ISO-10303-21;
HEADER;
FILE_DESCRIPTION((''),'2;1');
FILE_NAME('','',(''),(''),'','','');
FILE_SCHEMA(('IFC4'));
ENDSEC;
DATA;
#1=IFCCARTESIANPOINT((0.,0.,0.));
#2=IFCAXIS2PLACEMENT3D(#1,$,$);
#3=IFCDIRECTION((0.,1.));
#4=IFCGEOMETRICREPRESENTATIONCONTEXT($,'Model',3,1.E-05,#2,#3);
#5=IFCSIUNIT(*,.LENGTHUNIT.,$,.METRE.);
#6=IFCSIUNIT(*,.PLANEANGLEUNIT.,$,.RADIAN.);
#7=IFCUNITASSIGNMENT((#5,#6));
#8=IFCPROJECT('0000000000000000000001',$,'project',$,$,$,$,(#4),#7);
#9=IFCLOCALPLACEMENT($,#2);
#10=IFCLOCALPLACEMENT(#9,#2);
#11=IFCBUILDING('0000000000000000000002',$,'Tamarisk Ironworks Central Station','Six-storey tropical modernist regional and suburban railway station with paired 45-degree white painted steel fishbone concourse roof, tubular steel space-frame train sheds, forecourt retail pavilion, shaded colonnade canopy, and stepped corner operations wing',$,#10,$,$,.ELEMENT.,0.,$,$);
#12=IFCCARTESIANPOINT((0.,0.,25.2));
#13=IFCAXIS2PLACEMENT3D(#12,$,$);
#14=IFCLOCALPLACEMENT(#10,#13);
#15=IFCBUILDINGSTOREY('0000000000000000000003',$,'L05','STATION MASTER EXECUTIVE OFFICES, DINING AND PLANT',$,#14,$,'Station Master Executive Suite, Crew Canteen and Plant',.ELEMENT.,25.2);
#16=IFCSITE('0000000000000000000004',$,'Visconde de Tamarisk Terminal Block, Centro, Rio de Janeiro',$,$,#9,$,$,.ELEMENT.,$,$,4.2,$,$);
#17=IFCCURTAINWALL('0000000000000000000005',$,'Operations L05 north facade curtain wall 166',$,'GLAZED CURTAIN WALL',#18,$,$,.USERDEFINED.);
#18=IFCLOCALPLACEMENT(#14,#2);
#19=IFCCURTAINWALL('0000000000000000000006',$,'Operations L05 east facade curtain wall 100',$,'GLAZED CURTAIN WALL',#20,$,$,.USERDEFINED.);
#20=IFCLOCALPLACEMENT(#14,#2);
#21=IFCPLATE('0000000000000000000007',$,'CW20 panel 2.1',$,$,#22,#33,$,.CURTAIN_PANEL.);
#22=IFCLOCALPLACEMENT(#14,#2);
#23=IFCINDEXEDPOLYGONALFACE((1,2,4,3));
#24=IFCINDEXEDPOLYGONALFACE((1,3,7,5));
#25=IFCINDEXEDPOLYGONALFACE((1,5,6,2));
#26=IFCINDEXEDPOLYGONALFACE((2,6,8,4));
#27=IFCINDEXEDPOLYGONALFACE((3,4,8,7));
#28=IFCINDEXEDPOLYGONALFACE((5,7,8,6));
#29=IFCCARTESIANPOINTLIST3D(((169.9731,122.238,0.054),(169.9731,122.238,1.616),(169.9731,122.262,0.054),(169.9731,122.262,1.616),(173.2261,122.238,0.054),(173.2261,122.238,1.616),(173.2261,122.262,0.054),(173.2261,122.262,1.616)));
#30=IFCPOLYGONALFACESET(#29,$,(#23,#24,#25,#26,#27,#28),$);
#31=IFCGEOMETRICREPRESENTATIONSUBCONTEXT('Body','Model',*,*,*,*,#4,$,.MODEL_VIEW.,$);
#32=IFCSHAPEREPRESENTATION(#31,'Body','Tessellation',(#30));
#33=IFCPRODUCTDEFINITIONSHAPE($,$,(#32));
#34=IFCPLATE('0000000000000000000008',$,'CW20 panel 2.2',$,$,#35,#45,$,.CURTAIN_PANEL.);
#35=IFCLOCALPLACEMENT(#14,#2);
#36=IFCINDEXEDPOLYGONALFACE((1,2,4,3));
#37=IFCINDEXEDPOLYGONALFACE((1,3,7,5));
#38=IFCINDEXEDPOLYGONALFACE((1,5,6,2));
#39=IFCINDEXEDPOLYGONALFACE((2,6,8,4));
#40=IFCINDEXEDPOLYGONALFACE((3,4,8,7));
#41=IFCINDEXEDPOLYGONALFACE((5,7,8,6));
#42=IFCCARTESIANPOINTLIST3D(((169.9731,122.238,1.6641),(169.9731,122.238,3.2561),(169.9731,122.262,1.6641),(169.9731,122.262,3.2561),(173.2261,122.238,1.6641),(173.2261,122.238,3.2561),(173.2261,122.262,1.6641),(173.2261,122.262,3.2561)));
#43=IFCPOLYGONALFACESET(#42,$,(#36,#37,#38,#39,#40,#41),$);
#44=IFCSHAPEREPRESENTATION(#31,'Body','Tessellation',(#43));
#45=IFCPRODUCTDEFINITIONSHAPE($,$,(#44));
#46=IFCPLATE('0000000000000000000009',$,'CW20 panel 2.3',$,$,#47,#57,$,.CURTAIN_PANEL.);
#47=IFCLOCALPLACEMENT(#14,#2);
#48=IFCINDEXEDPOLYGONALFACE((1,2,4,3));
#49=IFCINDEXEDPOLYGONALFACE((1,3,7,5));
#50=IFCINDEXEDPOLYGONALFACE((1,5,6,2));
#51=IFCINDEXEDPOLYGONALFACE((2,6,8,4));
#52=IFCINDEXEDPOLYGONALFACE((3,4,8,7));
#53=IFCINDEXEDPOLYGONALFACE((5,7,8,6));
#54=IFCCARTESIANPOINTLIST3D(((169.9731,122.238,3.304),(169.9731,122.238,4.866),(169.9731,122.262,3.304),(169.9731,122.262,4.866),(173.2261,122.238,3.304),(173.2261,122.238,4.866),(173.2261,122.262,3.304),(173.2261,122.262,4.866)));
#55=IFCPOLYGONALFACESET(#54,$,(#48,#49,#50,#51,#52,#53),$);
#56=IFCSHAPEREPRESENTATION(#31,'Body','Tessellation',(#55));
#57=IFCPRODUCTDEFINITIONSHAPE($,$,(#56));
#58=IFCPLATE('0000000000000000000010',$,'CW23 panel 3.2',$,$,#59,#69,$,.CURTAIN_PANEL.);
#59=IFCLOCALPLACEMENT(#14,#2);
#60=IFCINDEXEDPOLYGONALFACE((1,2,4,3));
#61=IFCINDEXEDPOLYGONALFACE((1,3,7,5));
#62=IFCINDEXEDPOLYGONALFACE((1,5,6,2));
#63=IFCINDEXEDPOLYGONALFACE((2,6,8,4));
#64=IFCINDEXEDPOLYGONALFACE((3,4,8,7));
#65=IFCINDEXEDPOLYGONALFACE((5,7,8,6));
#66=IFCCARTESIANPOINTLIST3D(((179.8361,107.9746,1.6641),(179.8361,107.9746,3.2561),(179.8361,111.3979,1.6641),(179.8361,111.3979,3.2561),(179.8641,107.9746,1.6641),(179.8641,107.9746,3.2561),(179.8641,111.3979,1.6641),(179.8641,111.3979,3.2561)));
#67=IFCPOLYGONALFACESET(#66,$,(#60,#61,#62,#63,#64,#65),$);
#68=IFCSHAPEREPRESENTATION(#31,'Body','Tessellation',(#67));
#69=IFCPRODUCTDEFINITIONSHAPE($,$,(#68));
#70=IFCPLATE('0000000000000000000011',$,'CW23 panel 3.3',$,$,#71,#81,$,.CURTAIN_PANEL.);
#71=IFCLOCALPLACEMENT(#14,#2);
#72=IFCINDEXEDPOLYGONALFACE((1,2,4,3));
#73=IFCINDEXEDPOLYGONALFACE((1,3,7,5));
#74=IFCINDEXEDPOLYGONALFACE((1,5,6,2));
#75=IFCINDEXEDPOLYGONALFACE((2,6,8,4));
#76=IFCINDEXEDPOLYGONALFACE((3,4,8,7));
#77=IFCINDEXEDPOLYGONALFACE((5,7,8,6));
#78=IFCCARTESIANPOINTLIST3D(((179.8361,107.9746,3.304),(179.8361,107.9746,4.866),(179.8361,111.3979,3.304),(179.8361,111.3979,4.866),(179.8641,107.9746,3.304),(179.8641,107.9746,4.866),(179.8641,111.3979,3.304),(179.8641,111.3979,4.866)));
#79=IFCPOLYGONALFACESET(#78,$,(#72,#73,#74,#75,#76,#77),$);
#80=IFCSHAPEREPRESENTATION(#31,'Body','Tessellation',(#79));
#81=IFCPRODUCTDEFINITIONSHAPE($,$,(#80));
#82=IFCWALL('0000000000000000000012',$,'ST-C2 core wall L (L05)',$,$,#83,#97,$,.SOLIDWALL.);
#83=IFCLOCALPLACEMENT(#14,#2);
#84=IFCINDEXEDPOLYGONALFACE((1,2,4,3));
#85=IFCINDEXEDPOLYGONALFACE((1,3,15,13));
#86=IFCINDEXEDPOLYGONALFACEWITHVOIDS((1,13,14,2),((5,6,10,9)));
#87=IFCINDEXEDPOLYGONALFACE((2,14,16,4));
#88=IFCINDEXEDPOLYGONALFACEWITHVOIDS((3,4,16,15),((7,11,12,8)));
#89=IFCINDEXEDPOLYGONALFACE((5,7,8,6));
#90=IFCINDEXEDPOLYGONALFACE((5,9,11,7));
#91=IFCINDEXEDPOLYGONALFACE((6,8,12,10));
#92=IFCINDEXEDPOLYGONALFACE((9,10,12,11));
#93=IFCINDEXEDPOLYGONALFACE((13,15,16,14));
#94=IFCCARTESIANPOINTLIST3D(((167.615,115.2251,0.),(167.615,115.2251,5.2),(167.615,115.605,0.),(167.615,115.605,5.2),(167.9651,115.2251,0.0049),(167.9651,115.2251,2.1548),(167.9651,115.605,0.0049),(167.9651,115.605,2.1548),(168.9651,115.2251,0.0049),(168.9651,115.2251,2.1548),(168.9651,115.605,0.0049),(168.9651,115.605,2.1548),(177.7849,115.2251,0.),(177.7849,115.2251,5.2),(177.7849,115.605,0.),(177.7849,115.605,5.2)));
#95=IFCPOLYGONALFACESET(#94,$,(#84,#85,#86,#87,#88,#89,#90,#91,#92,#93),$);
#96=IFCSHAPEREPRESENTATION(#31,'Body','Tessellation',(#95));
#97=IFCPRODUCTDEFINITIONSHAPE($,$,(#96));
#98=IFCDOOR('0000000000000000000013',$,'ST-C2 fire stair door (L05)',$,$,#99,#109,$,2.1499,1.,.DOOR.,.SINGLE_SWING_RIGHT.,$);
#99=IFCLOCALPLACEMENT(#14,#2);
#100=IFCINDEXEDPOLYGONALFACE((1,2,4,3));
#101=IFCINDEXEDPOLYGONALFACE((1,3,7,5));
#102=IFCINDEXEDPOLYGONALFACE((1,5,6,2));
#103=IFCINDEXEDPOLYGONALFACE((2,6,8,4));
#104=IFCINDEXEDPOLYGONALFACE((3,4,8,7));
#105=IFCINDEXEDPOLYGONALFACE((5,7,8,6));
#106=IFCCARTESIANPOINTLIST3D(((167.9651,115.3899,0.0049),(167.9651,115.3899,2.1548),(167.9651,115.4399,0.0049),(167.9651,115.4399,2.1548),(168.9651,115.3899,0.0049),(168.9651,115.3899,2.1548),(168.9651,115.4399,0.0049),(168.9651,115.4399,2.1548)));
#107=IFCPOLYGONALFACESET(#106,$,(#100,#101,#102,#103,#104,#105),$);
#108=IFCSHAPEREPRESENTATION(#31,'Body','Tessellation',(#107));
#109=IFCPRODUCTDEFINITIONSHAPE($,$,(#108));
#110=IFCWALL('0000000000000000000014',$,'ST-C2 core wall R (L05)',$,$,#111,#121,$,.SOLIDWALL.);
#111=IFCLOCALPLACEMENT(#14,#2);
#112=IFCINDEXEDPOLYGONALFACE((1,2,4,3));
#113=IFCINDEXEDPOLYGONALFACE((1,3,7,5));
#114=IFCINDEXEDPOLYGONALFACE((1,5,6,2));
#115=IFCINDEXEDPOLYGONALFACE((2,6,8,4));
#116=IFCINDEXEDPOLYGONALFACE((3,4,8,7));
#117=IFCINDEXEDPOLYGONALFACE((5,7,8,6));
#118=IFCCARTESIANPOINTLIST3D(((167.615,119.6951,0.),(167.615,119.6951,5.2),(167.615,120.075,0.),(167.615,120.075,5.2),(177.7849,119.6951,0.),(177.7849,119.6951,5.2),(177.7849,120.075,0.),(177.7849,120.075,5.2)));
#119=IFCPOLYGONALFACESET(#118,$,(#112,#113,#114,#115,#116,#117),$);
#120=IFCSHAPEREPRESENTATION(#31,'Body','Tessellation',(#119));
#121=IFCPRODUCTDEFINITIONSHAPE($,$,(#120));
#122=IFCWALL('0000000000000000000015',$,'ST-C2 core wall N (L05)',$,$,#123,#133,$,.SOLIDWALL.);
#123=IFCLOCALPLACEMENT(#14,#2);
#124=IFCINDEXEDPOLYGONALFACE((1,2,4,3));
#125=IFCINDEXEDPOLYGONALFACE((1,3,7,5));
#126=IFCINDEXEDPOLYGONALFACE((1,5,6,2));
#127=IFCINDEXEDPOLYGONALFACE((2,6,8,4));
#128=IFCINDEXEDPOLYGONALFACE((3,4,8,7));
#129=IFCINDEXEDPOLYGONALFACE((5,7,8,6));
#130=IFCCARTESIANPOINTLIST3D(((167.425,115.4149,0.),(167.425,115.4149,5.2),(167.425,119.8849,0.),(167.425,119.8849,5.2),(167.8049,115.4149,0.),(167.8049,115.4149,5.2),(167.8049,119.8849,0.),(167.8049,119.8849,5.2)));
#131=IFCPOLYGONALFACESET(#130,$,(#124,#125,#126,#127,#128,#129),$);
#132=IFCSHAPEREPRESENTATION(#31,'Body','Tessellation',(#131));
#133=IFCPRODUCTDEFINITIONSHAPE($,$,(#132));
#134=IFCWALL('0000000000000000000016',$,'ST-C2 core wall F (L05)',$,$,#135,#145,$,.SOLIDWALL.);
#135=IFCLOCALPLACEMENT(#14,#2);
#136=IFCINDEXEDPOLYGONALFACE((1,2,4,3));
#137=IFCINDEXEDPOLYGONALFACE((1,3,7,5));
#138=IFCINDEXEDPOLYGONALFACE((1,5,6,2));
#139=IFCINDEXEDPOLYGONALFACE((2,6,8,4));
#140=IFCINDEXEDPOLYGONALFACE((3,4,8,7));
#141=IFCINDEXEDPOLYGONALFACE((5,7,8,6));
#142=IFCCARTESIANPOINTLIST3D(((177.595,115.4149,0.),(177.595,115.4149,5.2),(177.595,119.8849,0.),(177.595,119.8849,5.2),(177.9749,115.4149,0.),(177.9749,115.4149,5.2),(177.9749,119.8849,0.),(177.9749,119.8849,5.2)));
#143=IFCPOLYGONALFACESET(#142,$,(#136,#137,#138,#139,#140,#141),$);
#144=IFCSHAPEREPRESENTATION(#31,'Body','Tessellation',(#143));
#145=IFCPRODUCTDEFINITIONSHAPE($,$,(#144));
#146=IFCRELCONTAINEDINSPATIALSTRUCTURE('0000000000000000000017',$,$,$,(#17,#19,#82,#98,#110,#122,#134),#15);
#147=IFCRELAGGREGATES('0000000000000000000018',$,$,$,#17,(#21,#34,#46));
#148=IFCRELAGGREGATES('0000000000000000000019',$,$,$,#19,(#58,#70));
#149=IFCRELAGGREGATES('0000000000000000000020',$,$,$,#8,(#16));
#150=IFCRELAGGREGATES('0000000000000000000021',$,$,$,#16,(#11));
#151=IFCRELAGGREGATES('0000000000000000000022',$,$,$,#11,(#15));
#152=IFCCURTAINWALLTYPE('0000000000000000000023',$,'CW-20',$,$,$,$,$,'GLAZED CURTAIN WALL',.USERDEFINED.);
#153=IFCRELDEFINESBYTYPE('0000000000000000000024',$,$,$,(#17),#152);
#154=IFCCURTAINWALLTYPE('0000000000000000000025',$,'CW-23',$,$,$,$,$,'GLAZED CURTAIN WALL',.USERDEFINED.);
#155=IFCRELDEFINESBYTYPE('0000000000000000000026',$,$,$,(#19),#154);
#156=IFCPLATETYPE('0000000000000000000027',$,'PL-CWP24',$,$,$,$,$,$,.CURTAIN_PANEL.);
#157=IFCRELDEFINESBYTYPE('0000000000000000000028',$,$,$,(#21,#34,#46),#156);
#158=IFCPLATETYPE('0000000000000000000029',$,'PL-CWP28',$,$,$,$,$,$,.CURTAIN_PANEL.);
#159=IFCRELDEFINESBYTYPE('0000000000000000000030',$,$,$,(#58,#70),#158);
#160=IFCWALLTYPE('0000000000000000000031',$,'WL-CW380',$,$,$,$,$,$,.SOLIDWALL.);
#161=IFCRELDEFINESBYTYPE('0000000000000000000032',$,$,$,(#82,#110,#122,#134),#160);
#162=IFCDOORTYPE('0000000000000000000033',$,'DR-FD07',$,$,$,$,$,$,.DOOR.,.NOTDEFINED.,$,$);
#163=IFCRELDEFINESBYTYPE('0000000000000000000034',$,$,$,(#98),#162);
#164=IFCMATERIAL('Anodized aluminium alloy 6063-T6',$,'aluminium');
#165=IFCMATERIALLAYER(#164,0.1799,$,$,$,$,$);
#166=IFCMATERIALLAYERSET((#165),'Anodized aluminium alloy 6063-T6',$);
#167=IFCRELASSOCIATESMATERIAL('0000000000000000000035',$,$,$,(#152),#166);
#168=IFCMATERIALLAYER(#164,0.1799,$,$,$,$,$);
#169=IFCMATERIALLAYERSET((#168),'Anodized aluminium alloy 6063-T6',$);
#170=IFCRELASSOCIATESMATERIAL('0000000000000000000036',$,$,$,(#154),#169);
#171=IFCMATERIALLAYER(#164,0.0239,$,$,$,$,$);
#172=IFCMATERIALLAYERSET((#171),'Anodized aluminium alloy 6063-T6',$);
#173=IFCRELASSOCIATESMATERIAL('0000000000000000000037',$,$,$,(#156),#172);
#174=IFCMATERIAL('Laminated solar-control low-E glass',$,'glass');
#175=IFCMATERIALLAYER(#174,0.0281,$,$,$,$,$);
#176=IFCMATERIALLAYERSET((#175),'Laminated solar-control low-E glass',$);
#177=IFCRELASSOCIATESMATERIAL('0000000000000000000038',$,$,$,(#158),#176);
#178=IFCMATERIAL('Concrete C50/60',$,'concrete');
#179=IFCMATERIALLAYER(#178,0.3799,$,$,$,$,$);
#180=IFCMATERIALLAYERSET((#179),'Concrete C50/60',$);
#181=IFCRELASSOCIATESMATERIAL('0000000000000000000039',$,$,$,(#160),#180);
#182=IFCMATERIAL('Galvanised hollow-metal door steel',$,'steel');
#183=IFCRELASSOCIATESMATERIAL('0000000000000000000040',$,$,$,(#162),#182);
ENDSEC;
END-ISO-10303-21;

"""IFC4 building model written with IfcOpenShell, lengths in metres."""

from ifc_helpers import new_model, si_unit, direction, frame, frame_2d, origin, origin_2d, place, context, subcontext, project, spatial, rectangle, extrude, material, layer, layer_set, type_object, element, fill, aggregate, save


model = new_model("IFC4")

# Units and contexts
model_context = context("Model", 3, precision=1e-05, world=origin(), true_north=direction((0.0, 1.0)))
body_context = subcontext(model_context, "Body", "Model", "MODEL_VIEW")
ifc_project = project(units=[si_unit("LENGTHUNIT", "METRE"), si_unit("PLANEANGLEUNIT", "RADIAN")], contexts=[model_context])

# Site, building, storey
site_placement = place(None, origin())
site = spatial("IfcSite", under=ifc_project, at=site_placement, Name="Visconde de Tamarisk Terminal Block, Centro, Rio de Janeiro", CompositionType="ELEMENT", RefElevation=4.2)
building_placement = place(site_placement, origin())
building = spatial("IfcBuilding", under=site, at=building_placement, Name="Tamarisk Ironworks Central Station", Description="Six-storey tropical modernist regional and suburban railway station with paired 45-degree white painted steel fishbone concourse roof, tubular steel space-frame train sheds, forecourt retail pavilion, shaded colonnade canopy, and stepped corner operations wing", CompositionType="ELEMENT", ElevationOfRefHeight=0.0)
storey_placement = place(building_placement, frame((0.0, 0.0, 25.2)))
storey = spatial("IfcBuildingStorey", under=building, at=storey_placement, Name="L05", Description="STATION MASTER EXECUTIVE OFFICES, DINING AND PLANT", LongName="Station Master Executive Suite, Crew Canteen and Plant", CompositionType="ELEMENT", Elevation=25.2)

# Curtain walls
ifc_material_1 = material(Name="Anodized aluminium alloy 6063-T6", Category="aluminium")
ifc_layer_1 = layer(ifc_material_1, 0.1799)
ifc_layer_set_1 = layer_set([ifc_layer_1], Name="Anodized aluminium alloy 6063-T6")
curtain_wall_type_1 = type_object("IfcCurtainWallType", Name="CW-20", ElementType="GLAZED CURTAIN WALL", PredefinedType="USERDEFINED", material=ifc_layer_set_1)
curtain_wall_1_placement = place(storey_placement, origin())
curtain_wall_1 = element("IfcCurtainWall", 1, at=curtain_wall_1_placement, inside=storey, type_object=curtain_wall_type_1, Name="Operations L05 north facade curtain wall 166", ObjectType="GLAZED CURTAIN WALL", PredefinedType="USERDEFINED")
ifc_layer_2 = layer(ifc_material_1, 0.1799)
ifc_layer_set_2 = layer_set([ifc_layer_2], Name="Anodized aluminium alloy 6063-T6")
curtain_wall_type_2 = type_object("IfcCurtainWallType", Name="CW-23", ElementType="GLAZED CURTAIN WALL", PredefinedType="USERDEFINED", material=ifc_layer_set_2)
curtain_wall_2_placement = place(storey_placement, origin())
curtain_wall_2 = element("IfcCurtainWall", 2, at=curtain_wall_2_placement, inside=storey, type_object=curtain_wall_type_2, Name="Operations L05 east facade curtain wall 100", ObjectType="GLAZED CURTAIN WALL", PredefinedType="USERDEFINED")

# Plates
ifc_layer_3 = layer(ifc_material_1, 0.0239)
ifc_layer_set_3 = layer_set([ifc_layer_3], Name="Anodized aluminium alloy 6063-T6")
plate_type_1 = type_object("IfcPlateType", Name="PL-CWP24", PredefinedType="CURTAIN_PANEL", material=ifc_layer_set_3)
plate_1_placement = place(storey_placement, frame((171.5996, 122.25, 0.054), z_axis=(0.0, 0.0, 1.0), x_axis=(1.0, 0.0, 0.0)))
plate_1 = element("IfcPlate", 3, at=plate_1_placement, type_object=plate_type_1, Name="CW20 panel 2.1", PredefinedType="CURTAIN_PANEL", context=body_context, shape_type="SweptSolid", body=[
    extrude(rectangle(XDim=3.2529, YDim=0.0239, at=origin_2d()), origin(), (0.0, 0.0, 1.0), 1.562),
])
plate_2_placement = place(storey_placement, frame((171.5996, 122.25, 1.6641), z_axis=(0.0, 0.0, 1.0), x_axis=(1.0, 0.0, 0.0)))
plate_2 = element("IfcPlate", 4, at=plate_2_placement, type_object=plate_type_1, Name="CW20 panel 2.2", PredefinedType="CURTAIN_PANEL", context=body_context, shape_type="SweptSolid", body=[
    extrude(rectangle(XDim=3.2529, YDim=0.0239, at=origin_2d()), origin(), (0.0, 0.0, 1.0), 1.592),
])
plate_3_placement = place(storey_placement, frame((171.5996, 122.25, 3.304), z_axis=(0.0, 0.0, 1.0), x_axis=(1.0, 0.0, 0.0)))
plate_3 = element("IfcPlate", 5, at=plate_3_placement, type_object=plate_type_1, Name="CW20 panel 2.3", PredefinedType="CURTAIN_PANEL", context=body_context, shape_type="SweptSolid", body=[
    extrude(rectangle(XDim=3.2529, YDim=0.0239, at=origin_2d()), origin(), (0.0, 0.0, 1.0), 1.562),
])
aggregate(curtain_wall_1, [plate_1, plate_2, plate_3])
ifc_material_2 = material(Name="Laminated solar-control low-E glass", Category="glass")
ifc_layer_4 = layer(ifc_material_2, 0.0281)
ifc_layer_set_4 = layer_set([ifc_layer_4], Name="Laminated solar-control low-E glass")
plate_type_2 = type_object("IfcPlateType", Name="PL-CWP28", PredefinedType="CURTAIN_PANEL", material=ifc_layer_set_4)
plate_4_placement = place(storey_placement, frame((179.8501, 109.6863, 1.6641), z_axis=(0.0, 0.0, 1.0), x_axis=(0.0, 1.0, 0.0)))
plate_4 = element("IfcPlate", 6, at=plate_4_placement, type_object=plate_type_2, Name="CW23 panel 3.2", PredefinedType="CURTAIN_PANEL", context=body_context, shape_type="SweptSolid", body=[
    extrude(rectangle(XDim=3.4233, YDim=0.0281, at=origin_2d()), origin(), (0.0, 0.0, 1.0), 1.592),
])
plate_5_placement = place(storey_placement, frame((179.8501, 109.6863, 3.304), z_axis=(0.0, 0.0, 1.0), x_axis=(0.0, 1.0, 0.0)))
plate_5 = element("IfcPlate", 7, at=plate_5_placement, type_object=plate_type_2, Name="CW23 panel 3.3", PredefinedType="CURTAIN_PANEL", context=body_context, shape_type="SweptSolid", body=[
    extrude(rectangle(XDim=3.4233, YDim=0.0281, at=origin_2d()), origin(), (0.0, 0.0, 1.0), 1.562),
])
aggregate(curtain_wall_2, [plate_4, plate_5])

# Wall, opening, door
ifc_material_3 = material(Name="Concrete C50/60", Category="concrete")
ifc_layer_5 = layer(ifc_material_3, 0.3799)
ifc_layer_set_5 = layer_set([ifc_layer_5], Name="Concrete C50/60")
wall_type = type_object("IfcWallType", Name="WL-CW380", PredefinedType="SOLIDWALL", material=ifc_layer_set_5)
wall_1_placement = place(storey_placement, frame((167.615, 115.415, 0.0), z_axis=(0.0, 0.0, 1.0), x_axis=(1.0, 0.0, 0.0)))
wall_1 = element("IfcWall", 8, at=wall_1_placement, inside=storey, type_object=wall_type, Name="ST-C2 core wall L (L05)", PredefinedType="SOLIDWALL", context=body_context, shape_type="SweptSolid", body=[
    extrude(rectangle(XDim=10.1699, YDim=0.3799, at=frame_2d((5.085, 0.0))), origin(), (0.0, 0.0, 1.0), 5.2),
])
opening_placement = place(wall_1_placement, frame((0.3501, 0.0, 0.0049)))
opening = element("IfcOpeningElement", 9, at=opening_placement, cuts=wall_1, PredefinedType="OPENING", context=body_context, shape_type="SweptSolid", body=[
    extrude(rectangle(XDim=1.0, YDim=2.1499, at=frame_2d((0.5, 1.075))), frame((0.0, 0.2019, 0.0), z_axis=(0.0, -1.0, 0.0), x_axis=(1.0, 0.0, 0.0)), (0.0, 0.0, 1.0), 0.4038),
])
ifc_material_4 = material(Name="Galvanised hollow-metal door steel", Category="steel")
door_type = type_object("IfcDoorType", Name="DR-FD07", OperationType="NOTDEFINED", PredefinedType="DOOR", material=ifc_material_4)
door_placement = place(opening_placement, origin())
door = element("IfcDoor", 10, at=door_placement, inside=storey, type_object=door_type, Name="ST-C2 fire stair door (L05)", OperationType="SINGLE_SWING_RIGHT", OverallHeight=2.1499, OverallWidth=1.0, PredefinedType="DOOR", context=body_context, shape_type="SweptSolid", body=[
    extrude(rectangle(XDim=1.0, YDim=2.1499, at=frame_2d((0.5, 1.075))), frame((0.0, 0.0249, 0.0), z_axis=(0.0, -1.0, 0.0), x_axis=(1.0, 0.0, 0.0)), (0.0, 0.0, 1.0), 0.05),
])
fill(opening, door)

# Walls
wall_2_placement = place(storey_placement, frame((167.615, 119.885, 0.0), z_axis=(0.0, 0.0, 1.0), x_axis=(1.0, 0.0, 0.0)))
element("IfcWall", 11, at=wall_2_placement, inside=storey, type_object=wall_type, Name="ST-C2 core wall R (L05)", PredefinedType="SOLIDWALL", context=body_context, shape_type="SweptSolid", body=[
    extrude(rectangle(XDim=10.1699, YDim=0.3799, at=frame_2d((5.085, 0.0))), origin(), (0.0, 0.0, 1.0), 5.2),
])
for number, where, z_axis, x_axis, name in (
    (12, (167.615, 115.415, 0.0), (0.0, 0.0, 1.0), (0.0, 1.0, 0.0), "ST-C2 core wall N (L05)"),
    (13, (177.7849, 115.415, 0.0), (0.0, 0.0, 1.0), (0.0, 1.0, 0.0), "ST-C2 core wall F (L05)"),
):
    element("IfcWall", number, at=place(storey_placement, frame(where, z_axis=z_axis, x_axis=x_axis)), inside=storey, type_object=wall_type, Name=name, PredefinedType="SOLIDWALL", context=body_context, shape_type="SweptSolid", body=[
        extrude(rectangle(XDim=4.47, YDim=0.3799, at=frame_2d((2.2349, 0.0))), origin(), (0.0, 0.0, 1.0), 5.2),
    ])

save(model, "model.ifc")
